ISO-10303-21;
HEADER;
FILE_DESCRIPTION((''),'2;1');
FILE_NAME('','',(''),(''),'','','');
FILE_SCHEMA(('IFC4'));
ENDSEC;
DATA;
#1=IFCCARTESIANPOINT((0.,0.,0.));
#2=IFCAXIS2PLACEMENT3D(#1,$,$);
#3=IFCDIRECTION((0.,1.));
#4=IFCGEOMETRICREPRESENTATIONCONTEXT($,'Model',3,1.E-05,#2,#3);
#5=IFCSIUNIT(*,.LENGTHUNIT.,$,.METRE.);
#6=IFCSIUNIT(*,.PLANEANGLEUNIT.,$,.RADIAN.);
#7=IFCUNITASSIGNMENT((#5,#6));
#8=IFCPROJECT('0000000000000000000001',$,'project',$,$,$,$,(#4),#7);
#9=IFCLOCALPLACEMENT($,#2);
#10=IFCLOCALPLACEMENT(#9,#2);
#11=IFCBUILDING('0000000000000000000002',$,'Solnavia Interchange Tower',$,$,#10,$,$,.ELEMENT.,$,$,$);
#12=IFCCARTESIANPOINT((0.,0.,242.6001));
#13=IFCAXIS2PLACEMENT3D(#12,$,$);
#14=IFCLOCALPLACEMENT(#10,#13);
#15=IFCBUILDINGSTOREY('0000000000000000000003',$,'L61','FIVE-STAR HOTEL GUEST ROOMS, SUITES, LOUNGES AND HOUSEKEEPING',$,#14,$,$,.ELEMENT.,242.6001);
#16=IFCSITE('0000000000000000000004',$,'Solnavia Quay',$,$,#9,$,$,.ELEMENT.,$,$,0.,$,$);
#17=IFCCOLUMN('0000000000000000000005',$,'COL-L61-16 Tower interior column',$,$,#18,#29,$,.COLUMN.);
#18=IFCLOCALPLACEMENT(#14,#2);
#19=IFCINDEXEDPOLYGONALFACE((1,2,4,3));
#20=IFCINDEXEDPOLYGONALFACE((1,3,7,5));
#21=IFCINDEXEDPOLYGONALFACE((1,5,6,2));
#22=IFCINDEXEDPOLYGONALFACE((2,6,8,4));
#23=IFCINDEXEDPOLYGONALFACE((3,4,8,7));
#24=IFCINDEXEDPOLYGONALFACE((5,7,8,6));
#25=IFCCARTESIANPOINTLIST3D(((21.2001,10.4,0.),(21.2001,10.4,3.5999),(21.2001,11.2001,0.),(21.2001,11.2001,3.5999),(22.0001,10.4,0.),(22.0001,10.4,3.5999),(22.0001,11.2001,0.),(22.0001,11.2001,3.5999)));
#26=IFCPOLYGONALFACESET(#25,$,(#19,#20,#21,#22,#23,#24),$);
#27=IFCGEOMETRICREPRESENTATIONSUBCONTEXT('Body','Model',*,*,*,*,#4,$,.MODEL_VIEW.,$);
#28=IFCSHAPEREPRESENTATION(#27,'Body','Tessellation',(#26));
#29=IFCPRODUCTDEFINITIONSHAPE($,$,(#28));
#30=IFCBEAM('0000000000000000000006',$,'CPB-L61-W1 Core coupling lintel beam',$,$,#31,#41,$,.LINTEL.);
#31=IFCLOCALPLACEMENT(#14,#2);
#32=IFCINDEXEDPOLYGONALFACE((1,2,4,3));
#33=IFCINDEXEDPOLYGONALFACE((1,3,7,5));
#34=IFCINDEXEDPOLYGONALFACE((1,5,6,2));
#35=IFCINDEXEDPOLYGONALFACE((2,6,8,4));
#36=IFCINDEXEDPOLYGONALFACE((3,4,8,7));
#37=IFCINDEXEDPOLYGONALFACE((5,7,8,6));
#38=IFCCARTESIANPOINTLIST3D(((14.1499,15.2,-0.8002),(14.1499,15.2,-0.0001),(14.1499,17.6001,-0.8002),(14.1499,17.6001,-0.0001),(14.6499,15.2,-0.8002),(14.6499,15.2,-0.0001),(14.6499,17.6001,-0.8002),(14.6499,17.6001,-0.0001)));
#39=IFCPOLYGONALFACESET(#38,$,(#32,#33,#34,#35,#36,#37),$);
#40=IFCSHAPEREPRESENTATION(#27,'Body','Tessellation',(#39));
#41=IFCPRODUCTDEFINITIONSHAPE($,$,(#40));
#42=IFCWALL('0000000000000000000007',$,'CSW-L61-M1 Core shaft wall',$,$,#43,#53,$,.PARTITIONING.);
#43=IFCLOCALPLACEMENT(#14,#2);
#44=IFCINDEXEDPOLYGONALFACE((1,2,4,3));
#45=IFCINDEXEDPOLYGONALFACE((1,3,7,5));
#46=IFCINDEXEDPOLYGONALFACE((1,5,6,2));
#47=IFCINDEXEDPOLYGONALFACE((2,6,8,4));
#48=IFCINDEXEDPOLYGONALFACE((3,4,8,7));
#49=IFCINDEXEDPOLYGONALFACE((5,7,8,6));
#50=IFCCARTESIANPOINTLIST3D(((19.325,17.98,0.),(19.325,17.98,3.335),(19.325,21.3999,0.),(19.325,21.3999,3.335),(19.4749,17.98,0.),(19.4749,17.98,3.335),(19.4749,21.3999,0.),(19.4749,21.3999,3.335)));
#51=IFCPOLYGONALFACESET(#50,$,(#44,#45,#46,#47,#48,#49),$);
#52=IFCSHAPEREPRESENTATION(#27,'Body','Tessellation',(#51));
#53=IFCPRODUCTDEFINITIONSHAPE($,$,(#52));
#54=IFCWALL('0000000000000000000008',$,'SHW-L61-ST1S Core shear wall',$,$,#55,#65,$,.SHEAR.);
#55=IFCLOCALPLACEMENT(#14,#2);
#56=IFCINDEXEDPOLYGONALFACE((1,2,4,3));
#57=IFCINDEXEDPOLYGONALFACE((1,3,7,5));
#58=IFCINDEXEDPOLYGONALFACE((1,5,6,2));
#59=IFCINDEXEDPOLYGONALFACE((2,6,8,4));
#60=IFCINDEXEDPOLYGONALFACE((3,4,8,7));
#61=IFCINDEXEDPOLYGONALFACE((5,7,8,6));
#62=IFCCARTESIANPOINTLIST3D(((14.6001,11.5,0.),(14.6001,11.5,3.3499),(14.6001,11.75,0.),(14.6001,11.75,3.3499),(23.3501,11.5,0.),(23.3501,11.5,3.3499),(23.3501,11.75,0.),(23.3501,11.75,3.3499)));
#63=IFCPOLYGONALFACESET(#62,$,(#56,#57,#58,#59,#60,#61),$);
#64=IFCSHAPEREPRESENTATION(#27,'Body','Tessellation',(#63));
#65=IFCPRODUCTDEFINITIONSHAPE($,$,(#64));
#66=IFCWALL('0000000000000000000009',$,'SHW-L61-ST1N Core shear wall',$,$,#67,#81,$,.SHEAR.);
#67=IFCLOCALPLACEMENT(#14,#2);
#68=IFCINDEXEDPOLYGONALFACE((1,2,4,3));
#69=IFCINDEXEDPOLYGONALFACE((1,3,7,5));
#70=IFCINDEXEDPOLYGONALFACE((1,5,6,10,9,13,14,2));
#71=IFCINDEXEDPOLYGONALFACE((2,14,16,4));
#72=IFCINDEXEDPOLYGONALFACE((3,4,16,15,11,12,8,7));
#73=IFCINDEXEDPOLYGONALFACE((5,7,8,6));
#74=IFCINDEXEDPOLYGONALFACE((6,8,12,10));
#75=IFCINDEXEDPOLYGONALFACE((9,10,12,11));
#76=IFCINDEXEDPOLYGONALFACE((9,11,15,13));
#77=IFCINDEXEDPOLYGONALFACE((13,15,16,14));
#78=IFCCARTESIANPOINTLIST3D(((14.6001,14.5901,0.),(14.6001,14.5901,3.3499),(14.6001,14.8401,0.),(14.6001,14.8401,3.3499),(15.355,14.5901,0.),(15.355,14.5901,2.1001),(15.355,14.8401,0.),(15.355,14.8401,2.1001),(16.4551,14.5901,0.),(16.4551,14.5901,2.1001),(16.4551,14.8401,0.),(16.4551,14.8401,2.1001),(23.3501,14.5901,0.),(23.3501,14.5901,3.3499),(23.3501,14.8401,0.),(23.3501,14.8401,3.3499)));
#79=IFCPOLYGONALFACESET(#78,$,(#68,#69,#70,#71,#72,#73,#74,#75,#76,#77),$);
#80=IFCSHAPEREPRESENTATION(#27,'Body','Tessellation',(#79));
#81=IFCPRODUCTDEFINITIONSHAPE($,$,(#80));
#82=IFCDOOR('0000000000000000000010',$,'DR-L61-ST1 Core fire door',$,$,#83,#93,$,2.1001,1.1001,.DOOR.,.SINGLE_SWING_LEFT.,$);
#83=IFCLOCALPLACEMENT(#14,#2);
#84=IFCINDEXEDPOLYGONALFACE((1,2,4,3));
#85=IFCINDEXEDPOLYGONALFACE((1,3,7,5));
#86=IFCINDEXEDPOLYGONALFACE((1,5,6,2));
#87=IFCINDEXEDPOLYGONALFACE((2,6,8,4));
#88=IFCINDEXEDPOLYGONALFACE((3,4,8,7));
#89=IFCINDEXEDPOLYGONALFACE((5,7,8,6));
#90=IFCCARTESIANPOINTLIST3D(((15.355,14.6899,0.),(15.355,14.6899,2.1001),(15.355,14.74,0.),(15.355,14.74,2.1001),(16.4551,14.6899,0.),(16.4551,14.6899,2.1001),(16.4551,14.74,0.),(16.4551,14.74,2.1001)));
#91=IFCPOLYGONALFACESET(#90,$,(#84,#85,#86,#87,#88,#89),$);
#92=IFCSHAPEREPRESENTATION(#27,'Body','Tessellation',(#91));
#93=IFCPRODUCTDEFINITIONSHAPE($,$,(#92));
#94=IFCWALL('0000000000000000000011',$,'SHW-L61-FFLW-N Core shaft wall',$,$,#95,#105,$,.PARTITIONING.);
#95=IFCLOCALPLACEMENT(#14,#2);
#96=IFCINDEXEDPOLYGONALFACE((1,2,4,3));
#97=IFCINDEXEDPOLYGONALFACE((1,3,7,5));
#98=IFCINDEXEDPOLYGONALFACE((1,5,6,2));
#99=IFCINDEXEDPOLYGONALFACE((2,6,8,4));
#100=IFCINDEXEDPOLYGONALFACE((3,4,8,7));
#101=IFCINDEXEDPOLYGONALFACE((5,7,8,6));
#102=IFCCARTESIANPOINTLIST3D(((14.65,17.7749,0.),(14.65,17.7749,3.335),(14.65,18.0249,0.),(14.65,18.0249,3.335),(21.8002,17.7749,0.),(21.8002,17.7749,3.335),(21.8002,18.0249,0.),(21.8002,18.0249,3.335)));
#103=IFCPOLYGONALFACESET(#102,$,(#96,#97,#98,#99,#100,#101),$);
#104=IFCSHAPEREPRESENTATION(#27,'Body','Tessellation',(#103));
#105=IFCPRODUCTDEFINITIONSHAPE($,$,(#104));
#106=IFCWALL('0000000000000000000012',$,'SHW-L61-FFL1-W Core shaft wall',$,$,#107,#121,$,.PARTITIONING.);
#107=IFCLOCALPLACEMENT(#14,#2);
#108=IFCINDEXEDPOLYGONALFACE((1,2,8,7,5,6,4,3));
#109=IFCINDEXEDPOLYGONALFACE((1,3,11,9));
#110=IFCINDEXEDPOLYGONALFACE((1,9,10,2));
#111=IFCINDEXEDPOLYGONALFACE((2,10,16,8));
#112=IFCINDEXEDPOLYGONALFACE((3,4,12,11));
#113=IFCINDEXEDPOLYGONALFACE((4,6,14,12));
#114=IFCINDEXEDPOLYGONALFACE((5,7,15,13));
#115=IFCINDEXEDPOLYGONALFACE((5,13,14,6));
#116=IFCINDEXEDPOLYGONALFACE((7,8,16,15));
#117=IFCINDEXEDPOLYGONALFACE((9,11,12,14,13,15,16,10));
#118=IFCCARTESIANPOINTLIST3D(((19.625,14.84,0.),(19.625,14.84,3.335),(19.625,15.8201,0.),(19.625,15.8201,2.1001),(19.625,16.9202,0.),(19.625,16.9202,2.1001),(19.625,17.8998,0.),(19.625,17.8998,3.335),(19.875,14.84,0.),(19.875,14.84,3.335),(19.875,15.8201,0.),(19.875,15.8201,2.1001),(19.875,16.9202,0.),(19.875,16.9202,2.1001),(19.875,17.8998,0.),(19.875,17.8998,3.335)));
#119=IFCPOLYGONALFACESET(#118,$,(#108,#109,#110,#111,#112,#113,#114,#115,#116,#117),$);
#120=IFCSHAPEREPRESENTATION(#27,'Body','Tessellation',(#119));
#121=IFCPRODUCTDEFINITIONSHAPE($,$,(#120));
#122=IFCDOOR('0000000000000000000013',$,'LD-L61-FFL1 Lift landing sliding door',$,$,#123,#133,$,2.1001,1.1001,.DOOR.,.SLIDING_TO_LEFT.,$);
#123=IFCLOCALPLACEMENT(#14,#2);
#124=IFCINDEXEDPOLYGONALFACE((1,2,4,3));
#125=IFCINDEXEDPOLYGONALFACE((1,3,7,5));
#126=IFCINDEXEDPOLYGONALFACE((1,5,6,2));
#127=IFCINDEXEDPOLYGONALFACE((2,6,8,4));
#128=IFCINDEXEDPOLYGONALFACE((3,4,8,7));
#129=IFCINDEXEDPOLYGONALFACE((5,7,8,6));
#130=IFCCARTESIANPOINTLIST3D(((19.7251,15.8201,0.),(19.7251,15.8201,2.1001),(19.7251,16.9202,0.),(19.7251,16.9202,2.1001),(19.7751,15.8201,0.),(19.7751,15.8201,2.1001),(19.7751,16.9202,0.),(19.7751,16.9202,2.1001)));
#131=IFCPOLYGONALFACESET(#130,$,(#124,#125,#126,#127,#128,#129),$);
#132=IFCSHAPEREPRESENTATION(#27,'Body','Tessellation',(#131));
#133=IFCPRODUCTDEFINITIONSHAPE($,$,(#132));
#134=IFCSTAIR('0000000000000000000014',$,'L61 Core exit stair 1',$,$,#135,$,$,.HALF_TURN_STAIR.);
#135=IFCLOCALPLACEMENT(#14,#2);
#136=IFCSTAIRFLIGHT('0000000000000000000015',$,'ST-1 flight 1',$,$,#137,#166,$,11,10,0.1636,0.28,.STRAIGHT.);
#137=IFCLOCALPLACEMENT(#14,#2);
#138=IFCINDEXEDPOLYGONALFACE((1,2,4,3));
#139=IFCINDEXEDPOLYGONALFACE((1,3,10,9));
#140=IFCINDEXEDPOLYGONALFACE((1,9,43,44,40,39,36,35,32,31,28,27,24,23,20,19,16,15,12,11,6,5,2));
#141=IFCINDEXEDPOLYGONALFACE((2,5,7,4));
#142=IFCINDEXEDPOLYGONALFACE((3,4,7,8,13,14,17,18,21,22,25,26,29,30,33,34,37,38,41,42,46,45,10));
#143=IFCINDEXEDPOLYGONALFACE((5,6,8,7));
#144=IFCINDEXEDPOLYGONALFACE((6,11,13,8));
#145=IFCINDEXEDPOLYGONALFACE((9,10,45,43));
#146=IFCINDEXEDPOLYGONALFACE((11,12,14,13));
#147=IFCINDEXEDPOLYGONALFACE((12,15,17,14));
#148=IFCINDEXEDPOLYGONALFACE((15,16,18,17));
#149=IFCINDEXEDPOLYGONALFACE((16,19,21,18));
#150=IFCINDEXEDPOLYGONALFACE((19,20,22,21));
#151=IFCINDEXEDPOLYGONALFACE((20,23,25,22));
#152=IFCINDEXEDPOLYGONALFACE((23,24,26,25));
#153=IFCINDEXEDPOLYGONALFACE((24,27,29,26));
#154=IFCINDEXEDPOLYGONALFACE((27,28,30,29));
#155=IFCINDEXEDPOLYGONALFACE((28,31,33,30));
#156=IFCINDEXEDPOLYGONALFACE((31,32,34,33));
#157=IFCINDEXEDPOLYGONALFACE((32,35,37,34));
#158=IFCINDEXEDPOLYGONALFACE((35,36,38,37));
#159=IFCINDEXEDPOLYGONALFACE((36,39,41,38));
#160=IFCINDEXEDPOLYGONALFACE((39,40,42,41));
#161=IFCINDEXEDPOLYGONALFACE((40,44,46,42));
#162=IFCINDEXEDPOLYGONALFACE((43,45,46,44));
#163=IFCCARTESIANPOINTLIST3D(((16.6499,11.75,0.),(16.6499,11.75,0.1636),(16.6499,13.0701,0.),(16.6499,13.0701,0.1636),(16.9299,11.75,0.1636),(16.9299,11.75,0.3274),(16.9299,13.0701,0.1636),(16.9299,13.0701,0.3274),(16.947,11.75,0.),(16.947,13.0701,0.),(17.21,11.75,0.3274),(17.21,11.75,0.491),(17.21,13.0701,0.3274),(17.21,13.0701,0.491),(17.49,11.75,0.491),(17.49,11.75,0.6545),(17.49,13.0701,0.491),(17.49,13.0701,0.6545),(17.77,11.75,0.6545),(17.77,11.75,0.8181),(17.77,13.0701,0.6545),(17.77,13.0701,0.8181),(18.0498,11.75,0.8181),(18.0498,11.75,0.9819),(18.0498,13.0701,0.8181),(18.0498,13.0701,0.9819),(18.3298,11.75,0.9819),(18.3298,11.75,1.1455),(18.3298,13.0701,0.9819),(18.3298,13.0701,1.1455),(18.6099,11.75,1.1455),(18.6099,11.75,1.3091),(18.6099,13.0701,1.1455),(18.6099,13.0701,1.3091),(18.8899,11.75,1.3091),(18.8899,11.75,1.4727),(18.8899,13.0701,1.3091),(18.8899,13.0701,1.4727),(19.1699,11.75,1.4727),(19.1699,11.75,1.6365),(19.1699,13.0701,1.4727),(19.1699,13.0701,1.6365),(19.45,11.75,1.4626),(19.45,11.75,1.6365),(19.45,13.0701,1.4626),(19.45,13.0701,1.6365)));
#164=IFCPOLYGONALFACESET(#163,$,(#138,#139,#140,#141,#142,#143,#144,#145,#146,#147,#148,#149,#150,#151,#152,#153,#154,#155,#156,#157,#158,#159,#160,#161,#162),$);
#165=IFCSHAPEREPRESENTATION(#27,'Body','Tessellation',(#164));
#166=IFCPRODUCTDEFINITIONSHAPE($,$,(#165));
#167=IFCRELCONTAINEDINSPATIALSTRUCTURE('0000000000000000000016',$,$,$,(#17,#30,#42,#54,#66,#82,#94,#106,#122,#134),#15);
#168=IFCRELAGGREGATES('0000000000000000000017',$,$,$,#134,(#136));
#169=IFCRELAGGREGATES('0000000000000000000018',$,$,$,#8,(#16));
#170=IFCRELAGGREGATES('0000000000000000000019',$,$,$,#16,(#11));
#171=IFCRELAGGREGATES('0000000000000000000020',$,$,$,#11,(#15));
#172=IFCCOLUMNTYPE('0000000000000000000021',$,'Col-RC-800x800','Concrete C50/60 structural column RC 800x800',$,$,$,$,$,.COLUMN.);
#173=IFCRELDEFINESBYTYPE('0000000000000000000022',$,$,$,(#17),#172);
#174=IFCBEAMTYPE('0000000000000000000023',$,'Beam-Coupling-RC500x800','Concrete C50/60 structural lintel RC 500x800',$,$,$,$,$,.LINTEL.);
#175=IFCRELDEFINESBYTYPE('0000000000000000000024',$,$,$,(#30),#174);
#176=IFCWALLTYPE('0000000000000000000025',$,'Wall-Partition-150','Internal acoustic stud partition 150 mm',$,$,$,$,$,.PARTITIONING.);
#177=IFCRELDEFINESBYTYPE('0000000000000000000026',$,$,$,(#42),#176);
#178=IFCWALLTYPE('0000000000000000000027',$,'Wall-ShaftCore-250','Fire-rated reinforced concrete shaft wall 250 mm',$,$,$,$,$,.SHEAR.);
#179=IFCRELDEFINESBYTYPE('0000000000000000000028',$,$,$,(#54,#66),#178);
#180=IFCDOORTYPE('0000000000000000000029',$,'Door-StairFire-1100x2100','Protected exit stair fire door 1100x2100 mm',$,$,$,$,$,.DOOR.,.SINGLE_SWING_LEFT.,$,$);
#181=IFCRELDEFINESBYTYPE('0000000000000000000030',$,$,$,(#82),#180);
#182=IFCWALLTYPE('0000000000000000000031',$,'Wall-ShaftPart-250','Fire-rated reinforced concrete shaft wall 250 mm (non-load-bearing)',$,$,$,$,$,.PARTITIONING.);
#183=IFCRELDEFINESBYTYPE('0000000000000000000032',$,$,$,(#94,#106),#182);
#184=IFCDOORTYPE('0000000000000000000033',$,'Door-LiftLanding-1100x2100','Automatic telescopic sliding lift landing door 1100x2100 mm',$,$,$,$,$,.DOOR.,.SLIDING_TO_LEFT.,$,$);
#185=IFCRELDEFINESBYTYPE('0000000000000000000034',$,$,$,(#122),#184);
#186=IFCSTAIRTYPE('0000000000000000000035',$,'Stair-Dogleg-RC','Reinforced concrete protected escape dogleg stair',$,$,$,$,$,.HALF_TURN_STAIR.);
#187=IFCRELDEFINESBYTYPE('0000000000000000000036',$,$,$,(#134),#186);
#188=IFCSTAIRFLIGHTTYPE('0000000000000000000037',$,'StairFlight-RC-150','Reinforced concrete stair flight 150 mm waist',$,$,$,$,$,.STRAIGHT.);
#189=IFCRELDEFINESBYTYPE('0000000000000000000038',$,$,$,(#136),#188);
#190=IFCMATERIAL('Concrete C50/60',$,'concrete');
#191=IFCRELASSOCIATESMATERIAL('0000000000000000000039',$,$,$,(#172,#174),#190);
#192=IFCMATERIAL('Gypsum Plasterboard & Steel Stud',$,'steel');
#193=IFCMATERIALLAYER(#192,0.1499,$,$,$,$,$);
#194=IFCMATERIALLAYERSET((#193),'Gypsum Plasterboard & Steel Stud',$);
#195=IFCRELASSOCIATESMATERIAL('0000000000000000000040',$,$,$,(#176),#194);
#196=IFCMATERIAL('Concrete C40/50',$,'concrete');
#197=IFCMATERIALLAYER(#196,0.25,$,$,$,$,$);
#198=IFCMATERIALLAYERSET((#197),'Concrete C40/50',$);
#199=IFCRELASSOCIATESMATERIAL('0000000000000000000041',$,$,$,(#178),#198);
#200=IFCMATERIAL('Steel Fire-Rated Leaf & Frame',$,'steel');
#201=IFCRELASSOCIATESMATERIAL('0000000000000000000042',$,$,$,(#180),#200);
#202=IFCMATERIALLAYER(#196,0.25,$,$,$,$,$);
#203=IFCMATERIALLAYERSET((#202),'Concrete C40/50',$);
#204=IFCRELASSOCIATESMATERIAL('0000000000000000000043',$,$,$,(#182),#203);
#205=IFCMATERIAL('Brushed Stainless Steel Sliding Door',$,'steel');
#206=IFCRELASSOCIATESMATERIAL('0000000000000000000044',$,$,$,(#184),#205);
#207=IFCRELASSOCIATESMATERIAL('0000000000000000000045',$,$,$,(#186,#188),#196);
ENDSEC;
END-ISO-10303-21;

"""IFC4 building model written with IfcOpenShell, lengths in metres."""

from ifc_helpers import new_model, si_unit, direction, frame, frame_2d, origin, origin_2d, place, context, subcontext, project, spatial, polyline, rectangle, outline, extrude, material, layer, layer_set, material_profile, profile_set, type_object, element, fill, aggregate, save


model = new_model("IFC4")

# Units and contexts
model_context = context("Model", 3, precision=1e-05, world=origin(), true_north=direction((0.0, 1.0)))
body_context = subcontext(model_context, "Body", "Model", "MODEL_VIEW")
ifc_project = project(units=[si_unit("LENGTHUNIT", "METRE"), si_unit("PLANEANGLEUNIT", "RADIAN")], contexts=[model_context])

# Site, building, storey
site_placement = place(None, origin())
site = spatial("IfcSite", under=ifc_project, at=site_placement, Name="Solnavia Quay", CompositionType="ELEMENT", RefElevation=0.0)
building_placement = place(site_placement, origin())
building = spatial("IfcBuilding", under=site, at=building_placement, Name="Solnavia Interchange Tower", CompositionType="ELEMENT")
storey_placement = place(building_placement, frame((0.0, 0.0, 242.6001)))
storey = spatial("IfcBuildingStorey", under=building, at=storey_placement, Name="L61", Description="FIVE-STAR HOTEL GUEST ROOMS, SUITES, LOUNGES AND HOUSEKEEPING", CompositionType="ELEMENT", Elevation=242.6001)

# Column
ifc_material_1 = material(Name="Concrete C50/60", Category="concrete")
ifc_material_profile_1 = material_profile(ifc_material_1, rectangle(XDim=0.8, YDim=0.8, at=origin_2d()), Name="RC 800x800")
ifc_profile_set_1 = profile_set([ifc_material_profile_1], Name="Concrete C50/60")
column_type = type_object("IfcColumnType", Name="Col-RC-800x800", Description="Concrete C50/60 structural column RC 800x800", PredefinedType="COLUMN", material=ifc_profile_set_1)
column_placement = place(storey_placement, frame((21.6001, 10.8, 0.0), z_axis=(0.0, 0.0, 1.0), x_axis=(1.0, 0.0, 0.0)))
element("IfcColumn", 1, at=column_placement, inside=storey, type_object=column_type, Name="COL-L61-16 Tower interior column", PredefinedType="COLUMN", context=body_context, shape_type="SweptSolid", body=[
    extrude(rectangle(XDim=0.8, YDim=0.8, at=origin_2d()), origin(), (0.0, 0.0, 1.0), 3.5999),
])

# Beam
ifc_material_profile_2 = material_profile(ifc_material_1, rectangle(XDim=0.5, YDim=0.8, at=origin_2d()), Name="RC 500x800")
ifc_profile_set_2 = profile_set([ifc_material_profile_2], Name="Concrete C50/60")
beam_type = type_object("IfcBeamType", Name="Beam-Coupling-RC500x800", Description="Concrete C50/60 structural lintel RC 500x800", PredefinedType="LINTEL", material=ifc_profile_set_2)
beam_placement = place(storey_placement, frame((14.3999, 15.2, -0.4001), z_axis=(0.0, 1.0, 0.0), x_axis=(-1.0, 0.0, 0.0)))
element("IfcBeam", 2, at=beam_placement, inside=storey, type_object=beam_type, Name="CPB-L61-W1 Core coupling lintel beam", PredefinedType="LINTEL", context=body_context, shape_type="SweptSolid", body=[
    extrude(rectangle(XDim=0.5, YDim=0.8, at=origin_2d()), origin(), (0.0, 0.0, 1.0), 2.4001),
])

# Walls
ifc_material_2 = material(Name="Gypsum Plasterboard & Steel Stud", Category="steel")
ifc_layer_1 = layer(ifc_material_2, 0.1499)
ifc_layer_set_1 = layer_set([ifc_layer_1], Name="Gypsum Plasterboard & Steel Stud")
wall_type_1 = type_object("IfcWallType", Name="Wall-Partition-150", Description="Internal acoustic stud partition 150 mm", PredefinedType="PARTITIONING", material=ifc_layer_set_1)
wall_1_placement = place(storey_placement, frame((19.3999, 17.98, 0.0), z_axis=(0.0, 0.0, 1.0), x_axis=(0.0, 1.0, 0.0)))
element("IfcWall", 3, at=wall_1_placement, inside=storey, type_object=wall_type_1, Name="CSW-L61-M1 Core shaft wall", PredefinedType="PARTITIONING", context=body_context, shape_type="SweptSolid", body=[
    extrude(rectangle(XDim=3.4199, YDim=0.1499, at=frame_2d((1.71, 0.0))), origin(), (0.0, 0.0, 1.0), 3.335),
])
ifc_material_3 = material(Name="Concrete C40/50", Category="concrete")
ifc_layer_2 = layer(ifc_material_3, 0.25)
ifc_layer_set_2 = layer_set([ifc_layer_2], Name="Concrete C40/50")
wall_type_2 = type_object("IfcWallType", Name="Wall-ShaftCore-250", Description="Fire-rated reinforced concrete shaft wall 250 mm", PredefinedType="SHEAR", material=ifc_layer_set_2)
wall_2_placement = place(storey_placement, frame((14.6001, 11.625, 0.0), z_axis=(0.0, 0.0, 1.0), x_axis=(1.0, 0.0, 0.0)))
element("IfcWall", 4, at=wall_2_placement, inside=storey, type_object=wall_type_2, Name="SHW-L61-ST1S Core shear wall", PredefinedType="SHEAR", context=body_context, shape_type="SweptSolid", body=[
    extrude(rectangle(XDim=8.75, YDim=0.25, at=frame_2d((4.375, 0.0))), origin(), (0.0, 0.0, 1.0), 3.3499),
])

# Wall, opening, door
wall_3_placement = place(storey_placement, frame((14.6001, 14.7151, 0.0), z_axis=(0.0, 0.0, 1.0), x_axis=(1.0, 0.0, 0.0)))
wall_3 = element("IfcWall", 5, at=wall_3_placement, inside=storey, type_object=wall_type_2, Name="SHW-L61-ST1N Core shear wall", PredefinedType="SHEAR", context=body_context, shape_type="SweptSolid", body=[
    extrude(rectangle(XDim=8.75, YDim=0.25, at=frame_2d((4.375, 0.0))), origin(), (0.0, 0.0, 1.0), 3.3499),
])
opening_1_placement = place(wall_3_placement, frame((0.7549, 0.0, 0.0)))
opening_1 = element("IfcOpeningElement", 6, at=opening_1_placement, cuts=wall_3, PredefinedType="OPENING", context=body_context, shape_type="SweptSolid", body=[
    extrude(rectangle(XDim=1.1001, YDim=2.1001, at=frame_2d((0.55, 1.05))), frame((0.0, 0.135, 0.0), z_axis=(0.0, -1.0, 0.0), x_axis=(1.0, 0.0, 0.0)), (0.0, 0.0, 1.0), 0.27),
])
ifc_material_4 = material(Name="Steel Fire-Rated Leaf & Frame", Category="steel")
door_type_1 = type_object("IfcDoorType", Name="Door-StairFire-1100x2100", Description="Protected exit stair fire door 1100x2100 mm", OperationType="SINGLE_SWING_LEFT", PredefinedType="DOOR", material=ifc_material_4)
door_1_placement = place(opening_1_placement, origin())
door_1 = element("IfcDoor", 7, at=door_1_placement, inside=storey, type_object=door_type_1, Name="DR-L61-ST1 Core fire door", OperationType="SINGLE_SWING_LEFT", OverallHeight=2.1001, OverallWidth=1.1001, PredefinedType="DOOR", context=body_context, shape_type="SweptSolid", body=[
    extrude(rectangle(XDim=1.1001, YDim=2.1001, at=frame_2d((0.55, 1.05))), frame((0.0, 0.0249, 0.0), z_axis=(0.0, -1.0, 0.0), x_axis=(1.0, 0.0, 0.0)), (0.0, 0.0, 1.0), 0.05),
])
fill(opening_1, door_1)

# Wall
ifc_layer_3 = layer(ifc_material_3, 0.25)
ifc_layer_set_3 = layer_set([ifc_layer_3], Name="Concrete C40/50")
wall_type_3 = type_object("IfcWallType", Name="Wall-ShaftPart-250", Description="Fire-rated reinforced concrete shaft wall 250 mm (non-load-bearing)", PredefinedType="PARTITIONING", material=ifc_layer_set_3)
wall_4_placement = place(storey_placement, frame((14.6499, 17.8999, 0.0), z_axis=(0.0, 0.0, 1.0), x_axis=(1.0, 0.0, 0.0)))
element("IfcWall", 8, at=wall_4_placement, inside=storey, type_object=wall_type_3, Name="SHW-L61-FFLW-N Core shaft wall", PredefinedType="PARTITIONING", context=body_context, shape_type="SweptSolid", body=[
    extrude(rectangle(XDim=7.1501, YDim=0.25, at=frame_2d((3.5752, 0.0))), origin(), (0.0, 0.0, 1.0), 3.335),
])

# Wall, opening, door
wall_5_placement = place(storey_placement, frame((19.75, 14.8401, 0.0), z_axis=(0.0, 0.0, 1.0), x_axis=(0.0, 1.0, 0.0)))
wall_5 = element("IfcWall", 9, at=wall_5_placement, inside=storey, type_object=wall_type_3, Name="SHW-L61-FFL1-W Core shaft wall", PredefinedType="PARTITIONING", context=body_context, shape_type="SweptSolid", body=[
    extrude(rectangle(XDim=3.0598, YDim=0.25, at=frame_2d((1.5298, 0.0))), origin(), (0.0, 0.0, 1.0), 3.335),
])
opening_2_placement = place(wall_5_placement, frame((0.98, 0.0, 0.0)))
opening_2 = element("IfcOpeningElement", 10, at=opening_2_placement, cuts=wall_5, PredefinedType="OPENING", context=body_context, shape_type="SweptSolid", body=[
    extrude(rectangle(XDim=1.1001, YDim=2.1001, at=frame_2d((0.55, 1.05))), frame((0.0, 0.135, 0.0), z_axis=(0.0, -1.0, 0.0), x_axis=(1.0, 0.0, 0.0)), (0.0, 0.0, 1.0), 0.27),
])
ifc_material_5 = material(Name="Brushed Stainless Steel Sliding Door", Category="steel")
door_type_2 = type_object("IfcDoorType", Name="Door-LiftLanding-1100x2100", Description="Automatic telescopic sliding lift landing door 1100x2100 mm", OperationType="SLIDING_TO_LEFT", PredefinedType="DOOR", material=ifc_material_5)
door_2_placement = place(opening_2_placement, origin())
door_2 = element("IfcDoor", 11, at=door_2_placement, inside=storey, type_object=door_type_2, Name="LD-L61-FFL1 Lift landing sliding door", OperationType="SLIDING_TO_LEFT", OverallHeight=2.1001, OverallWidth=1.1001, PredefinedType="DOOR", context=body_context, shape_type="SweptSolid", body=[
    extrude(rectangle(XDim=1.1001, YDim=2.1001, at=frame_2d((0.55, 1.05))), frame((0.0, 0.0249, 0.0), z_axis=(0.0, -1.0, 0.0), x_axis=(1.0, 0.0, 0.0)), (0.0, 0.0, 1.0), 0.05),
])
fill(opening_2, door_2)

# Stair, stair flight
stair_type = type_object("IfcStairType", Name="Stair-Dogleg-RC", Description="Reinforced concrete protected escape dogleg stair", PredefinedType="HALF_TURN_STAIR", material=ifc_material_3)
stair_placement = place(storey_placement, origin())
stair = element("IfcStair", 12, at=stair_placement, inside=storey, type_object=stair_type, Name="L61 Core exit stair 1", PredefinedType="HALF_TURN_STAIR")
stair_flight_type = type_object("IfcStairFlightType", Name="StairFlight-RC-150", Description="Reinforced concrete stair flight 150 mm waist", PredefinedType="STRAIGHT", material=ifc_material_3)
stair_flight_1_placement = place(storey_placement, frame((16.6499, 12.4099, 0.0), z_axis=(0.0, 0.0, 1.0), x_axis=(1.0, 0.0, 0.0)))
stair_flight_1 = element("IfcStairFlight", 13, at=stair_flight_1_placement, type_object=stair_flight_type, Name="ST-1 flight 1", NumberOfRisers=11, NumberOfTreads=10, PredefinedType="STRAIGHT", RiserHeight=0.1636, TreadLength=0.28, context=body_context, shape_type="SweptSolid", body=[
    extrude(outline(polyline([(0.0, 0.0), (0.0, 0.1636), (0.28, 0.1636), (0.28, 0.3274), (0.5601, 0.3274), (0.5601, 0.491), (0.8401, 0.491), (0.8401, 0.6545), (1.1201, 0.6545), (1.1201, 0.8181), (1.3999, 0.8181), (1.3999, 0.9819), (1.6799, 0.9819), (1.6799, 1.1455), (1.96, 1.1455), (1.96, 1.3091), (2.24, 1.3091), (2.24, 1.4727), (2.52, 1.4727), (2.52, 1.6365), (2.8, 1.6365), (2.8, 1.8), (2.8, 1.4626), (0.2971, 0.0), (0.0, 0.0)])), frame((0.0, 0.6602, 0.0), z_axis=(0.0, -1.0, 0.0), x_axis=(1.0, 0.0, 0.0)), (0.0, 0.0, 1.0), 1.3201),
])
aggregate(stair, [stair_flight_1])

save(model, "model.ifc")
